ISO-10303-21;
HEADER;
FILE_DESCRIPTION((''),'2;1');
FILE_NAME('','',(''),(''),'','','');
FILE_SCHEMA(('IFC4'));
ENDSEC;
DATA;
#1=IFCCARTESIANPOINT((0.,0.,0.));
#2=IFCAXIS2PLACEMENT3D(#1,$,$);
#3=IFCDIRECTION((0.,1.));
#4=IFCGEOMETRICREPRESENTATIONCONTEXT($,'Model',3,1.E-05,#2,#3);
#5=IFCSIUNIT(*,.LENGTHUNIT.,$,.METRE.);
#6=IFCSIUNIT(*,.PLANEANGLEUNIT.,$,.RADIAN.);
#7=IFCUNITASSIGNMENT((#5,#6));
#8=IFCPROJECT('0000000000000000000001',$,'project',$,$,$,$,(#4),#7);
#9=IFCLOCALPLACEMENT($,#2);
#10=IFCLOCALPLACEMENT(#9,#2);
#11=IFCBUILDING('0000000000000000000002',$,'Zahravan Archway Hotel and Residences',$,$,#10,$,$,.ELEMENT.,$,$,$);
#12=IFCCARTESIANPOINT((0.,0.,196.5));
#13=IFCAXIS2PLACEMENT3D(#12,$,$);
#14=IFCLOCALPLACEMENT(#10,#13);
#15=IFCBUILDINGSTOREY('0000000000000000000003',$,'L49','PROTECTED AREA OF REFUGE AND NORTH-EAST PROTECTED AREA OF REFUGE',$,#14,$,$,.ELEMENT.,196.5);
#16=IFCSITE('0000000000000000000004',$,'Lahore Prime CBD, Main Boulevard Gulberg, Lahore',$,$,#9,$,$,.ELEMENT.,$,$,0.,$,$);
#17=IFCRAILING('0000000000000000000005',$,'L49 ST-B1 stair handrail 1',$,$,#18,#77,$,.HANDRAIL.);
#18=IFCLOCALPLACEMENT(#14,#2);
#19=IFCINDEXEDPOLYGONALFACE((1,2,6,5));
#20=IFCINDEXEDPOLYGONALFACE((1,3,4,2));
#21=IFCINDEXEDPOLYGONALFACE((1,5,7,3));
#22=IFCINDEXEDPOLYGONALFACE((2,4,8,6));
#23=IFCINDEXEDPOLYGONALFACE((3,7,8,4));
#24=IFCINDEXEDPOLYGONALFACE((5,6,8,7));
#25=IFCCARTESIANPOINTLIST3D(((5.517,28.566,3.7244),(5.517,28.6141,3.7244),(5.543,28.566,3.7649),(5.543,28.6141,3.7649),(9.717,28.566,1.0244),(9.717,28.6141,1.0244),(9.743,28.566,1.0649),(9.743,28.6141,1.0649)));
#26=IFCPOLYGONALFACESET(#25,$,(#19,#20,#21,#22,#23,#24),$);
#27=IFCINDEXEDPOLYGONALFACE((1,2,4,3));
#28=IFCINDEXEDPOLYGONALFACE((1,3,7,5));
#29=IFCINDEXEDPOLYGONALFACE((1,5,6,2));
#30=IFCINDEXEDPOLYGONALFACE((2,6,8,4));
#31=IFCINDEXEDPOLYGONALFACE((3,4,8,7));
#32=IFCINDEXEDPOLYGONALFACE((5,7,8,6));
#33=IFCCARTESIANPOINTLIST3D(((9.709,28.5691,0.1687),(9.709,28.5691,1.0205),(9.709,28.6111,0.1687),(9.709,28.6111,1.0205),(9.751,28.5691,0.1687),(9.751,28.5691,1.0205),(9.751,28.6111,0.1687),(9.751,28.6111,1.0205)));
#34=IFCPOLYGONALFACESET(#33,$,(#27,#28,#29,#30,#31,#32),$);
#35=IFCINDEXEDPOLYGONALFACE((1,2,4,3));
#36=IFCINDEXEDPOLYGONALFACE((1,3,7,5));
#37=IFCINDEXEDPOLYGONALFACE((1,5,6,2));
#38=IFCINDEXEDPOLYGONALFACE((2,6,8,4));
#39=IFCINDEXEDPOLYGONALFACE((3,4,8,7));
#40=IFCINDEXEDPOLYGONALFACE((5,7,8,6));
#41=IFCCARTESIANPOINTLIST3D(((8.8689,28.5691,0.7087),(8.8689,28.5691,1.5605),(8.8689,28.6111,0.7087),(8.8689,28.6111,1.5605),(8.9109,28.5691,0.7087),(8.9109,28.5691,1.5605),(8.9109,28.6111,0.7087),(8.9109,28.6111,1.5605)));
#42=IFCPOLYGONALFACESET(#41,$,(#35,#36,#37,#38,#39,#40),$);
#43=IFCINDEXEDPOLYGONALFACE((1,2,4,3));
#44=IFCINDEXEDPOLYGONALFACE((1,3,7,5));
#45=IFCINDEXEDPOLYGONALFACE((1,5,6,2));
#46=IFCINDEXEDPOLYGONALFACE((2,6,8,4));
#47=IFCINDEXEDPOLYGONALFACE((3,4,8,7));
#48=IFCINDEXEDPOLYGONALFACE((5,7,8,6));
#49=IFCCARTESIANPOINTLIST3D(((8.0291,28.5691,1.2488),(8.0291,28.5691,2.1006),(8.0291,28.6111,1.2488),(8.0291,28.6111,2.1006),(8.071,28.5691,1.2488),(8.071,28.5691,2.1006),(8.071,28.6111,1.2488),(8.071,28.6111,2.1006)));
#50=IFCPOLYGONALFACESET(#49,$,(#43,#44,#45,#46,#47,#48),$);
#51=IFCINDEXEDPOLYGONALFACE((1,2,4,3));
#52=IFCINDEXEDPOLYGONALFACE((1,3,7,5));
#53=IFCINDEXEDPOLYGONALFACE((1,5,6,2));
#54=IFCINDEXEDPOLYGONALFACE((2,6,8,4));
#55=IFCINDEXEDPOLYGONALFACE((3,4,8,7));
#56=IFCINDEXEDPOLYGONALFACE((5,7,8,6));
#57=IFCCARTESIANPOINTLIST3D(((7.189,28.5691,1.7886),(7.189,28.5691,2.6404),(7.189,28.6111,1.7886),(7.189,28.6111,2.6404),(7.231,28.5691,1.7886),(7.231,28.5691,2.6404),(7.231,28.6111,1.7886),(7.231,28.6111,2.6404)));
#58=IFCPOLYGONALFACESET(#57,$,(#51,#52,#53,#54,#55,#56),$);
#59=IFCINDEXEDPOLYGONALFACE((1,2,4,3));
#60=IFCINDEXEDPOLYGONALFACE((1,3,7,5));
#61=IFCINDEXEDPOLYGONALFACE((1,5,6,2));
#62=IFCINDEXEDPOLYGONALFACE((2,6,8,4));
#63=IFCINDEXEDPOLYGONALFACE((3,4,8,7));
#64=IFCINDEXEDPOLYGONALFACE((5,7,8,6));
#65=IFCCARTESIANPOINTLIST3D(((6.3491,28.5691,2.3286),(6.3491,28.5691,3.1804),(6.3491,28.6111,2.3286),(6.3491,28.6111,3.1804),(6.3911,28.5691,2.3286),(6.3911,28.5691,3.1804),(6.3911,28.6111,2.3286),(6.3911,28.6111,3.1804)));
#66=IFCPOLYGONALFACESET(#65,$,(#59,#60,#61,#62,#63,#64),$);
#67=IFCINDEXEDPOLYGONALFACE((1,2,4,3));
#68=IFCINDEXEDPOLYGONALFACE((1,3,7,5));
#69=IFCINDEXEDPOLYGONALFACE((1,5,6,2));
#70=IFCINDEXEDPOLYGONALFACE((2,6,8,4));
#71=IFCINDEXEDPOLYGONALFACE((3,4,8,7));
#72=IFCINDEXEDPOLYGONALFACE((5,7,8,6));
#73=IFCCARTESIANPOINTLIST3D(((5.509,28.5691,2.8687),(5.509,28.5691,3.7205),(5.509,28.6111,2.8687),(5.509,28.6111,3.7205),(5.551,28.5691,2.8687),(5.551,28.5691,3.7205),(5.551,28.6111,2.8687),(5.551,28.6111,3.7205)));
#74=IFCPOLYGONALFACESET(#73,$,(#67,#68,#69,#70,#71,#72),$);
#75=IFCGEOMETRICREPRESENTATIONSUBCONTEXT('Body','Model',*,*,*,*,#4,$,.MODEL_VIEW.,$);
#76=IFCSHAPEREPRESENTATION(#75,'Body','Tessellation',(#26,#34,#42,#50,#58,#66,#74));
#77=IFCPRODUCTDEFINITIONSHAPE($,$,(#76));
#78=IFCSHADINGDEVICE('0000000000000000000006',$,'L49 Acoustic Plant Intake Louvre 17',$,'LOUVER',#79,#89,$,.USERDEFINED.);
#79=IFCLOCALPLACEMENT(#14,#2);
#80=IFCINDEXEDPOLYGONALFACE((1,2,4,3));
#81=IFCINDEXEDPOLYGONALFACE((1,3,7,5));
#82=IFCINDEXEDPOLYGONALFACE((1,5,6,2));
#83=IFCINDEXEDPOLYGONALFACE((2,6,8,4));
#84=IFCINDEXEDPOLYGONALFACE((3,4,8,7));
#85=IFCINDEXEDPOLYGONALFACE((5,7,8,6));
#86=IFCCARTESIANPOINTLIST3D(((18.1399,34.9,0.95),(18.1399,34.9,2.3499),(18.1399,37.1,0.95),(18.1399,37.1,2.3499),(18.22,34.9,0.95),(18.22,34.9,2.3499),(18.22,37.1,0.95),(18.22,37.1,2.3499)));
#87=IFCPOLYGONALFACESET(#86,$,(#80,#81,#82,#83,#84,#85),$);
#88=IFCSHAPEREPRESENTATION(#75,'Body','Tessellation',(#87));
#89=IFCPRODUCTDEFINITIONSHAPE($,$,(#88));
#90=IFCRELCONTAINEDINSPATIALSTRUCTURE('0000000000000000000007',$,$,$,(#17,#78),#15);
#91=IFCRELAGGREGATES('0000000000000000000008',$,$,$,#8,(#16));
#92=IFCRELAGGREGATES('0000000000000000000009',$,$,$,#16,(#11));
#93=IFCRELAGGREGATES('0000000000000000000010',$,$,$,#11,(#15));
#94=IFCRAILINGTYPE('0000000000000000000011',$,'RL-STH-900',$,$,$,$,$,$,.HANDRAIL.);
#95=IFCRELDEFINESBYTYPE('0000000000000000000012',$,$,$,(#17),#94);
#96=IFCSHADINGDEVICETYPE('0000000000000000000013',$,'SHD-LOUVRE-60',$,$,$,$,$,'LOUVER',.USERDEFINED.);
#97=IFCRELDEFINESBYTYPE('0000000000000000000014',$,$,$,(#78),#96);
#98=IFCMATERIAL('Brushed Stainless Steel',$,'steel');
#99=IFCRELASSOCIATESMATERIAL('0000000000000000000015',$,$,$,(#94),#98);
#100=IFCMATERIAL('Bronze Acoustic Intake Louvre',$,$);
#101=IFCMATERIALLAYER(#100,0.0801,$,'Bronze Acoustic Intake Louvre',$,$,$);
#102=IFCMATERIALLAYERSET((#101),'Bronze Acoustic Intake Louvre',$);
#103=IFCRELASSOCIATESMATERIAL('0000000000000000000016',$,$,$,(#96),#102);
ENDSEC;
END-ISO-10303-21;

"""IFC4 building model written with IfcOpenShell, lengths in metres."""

from ifc_helpers import new_model, si_unit, direction, frame, origin, origin_2d, place, context, subcontext, project, spatial, rectangle, extrude, source, transform, mapped, material, layer, layer_set, type_object, type_shapes, element, save


model = new_model("IFC4")

# Units and contexts
model_context = context("Model", 3, precision=1e-05, world=origin(), true_north=direction((0.0, 1.0)))
body_context = subcontext(model_context, "Body", "Model", "MODEL_VIEW")
ifc_project = project(units=[si_unit("LENGTHUNIT", "METRE"), si_unit("PLANEANGLEUNIT", "RADIAN")], contexts=[model_context])

# Site, building, storey
site_placement = place(None, origin())
site = spatial("IfcSite", under=ifc_project, at=site_placement, Name="Lahore Prime CBD, Main Boulevard Gulberg, Lahore", CompositionType="ELEMENT", RefElevation=0.0)
building_placement = place(site_placement, origin())
building = spatial("IfcBuilding", under=site, at=building_placement, Name="Zahravan Archway Hotel and Residences", CompositionType="ELEMENT")
storey_placement = place(building_placement, frame((0.0, 0.0, 196.5)))
storey = spatial("IfcBuildingStorey", under=building, at=storey_placement, Name="L49", Description="PROTECTED AREA OF REFUGE AND NORTH-EAST PROTECTED AREA OF REFUGE", CompositionType="ELEMENT", Elevation=196.5)

# Railing
ifc_material_1 = material(Name="Brushed Stainless Steel", Category="steel")
railing_type_1 = type_object("IfcRailingType", Name="RL-STH-900", PredefinedType="HANDRAIL", material=ifc_material_1)
railing_1_placement = place(storey_placement, frame((9.73, 28.5901, 0.1687)))
element("IfcRailing", 1, at=railing_1_placement, inside=storey, type_object=railing_type_1, Name="L49 ST-B1 stair handrail 1", PredefinedType="HANDRAIL", context=body_context, shape_type="SweptSolid", body=[
    extrude(rectangle(XDim=0.0481, YDim=0.0481, at=origin_2d()), frame((0.0, 0.0, 0.876), z_axis=(-0.84118, 0.0, 0.540755), x_axis=(0.0, -1.0, 0.0)), (0.0, 0.0, 1.0), 4.9929),
    extrude(rectangle(XDim=0.042, YDim=0.042, at=origin_2d()), origin(), (0.0, 0.0, 1.0), 0.8518),
    extrude(rectangle(XDim=0.042, YDim=0.042, at=origin_2d()), frame((-0.8401, 0.0, 0.54)), (0.0, 0.0, 1.0), 0.8518),
    extrude(rectangle(XDim=0.042, YDim=0.042, at=origin_2d()), frame((-1.6799, 0.0, 1.0801)), (0.0, 0.0, 1.0), 0.8518),
    extrude(rectangle(XDim=0.042, YDim=0.042, at=origin_2d()), frame((-2.52, 0.0, 1.6199)), (0.0, 0.0, 1.0), 0.8518),
    extrude(rectangle(XDim=0.042, YDim=0.042, at=origin_2d()), frame((-3.3599, 0.0, 2.1599)), (0.0, 0.0, 1.0), 0.8518),
    extrude(rectangle(XDim=0.042, YDim=0.042, at=origin_2d()), frame((-4.2, 0.0, 2.7)), (0.0, 0.0, 1.0), 0.8518),
])

# Shading device
ifc_material_2 = material(Name="Bronze Acoustic Intake Louvre")
ifc_layer_1 = layer(ifc_material_2, 0.0801, Name="Bronze Acoustic Intake Louvre")
ifc_layer_set_1 = layer_set([ifc_layer_1], Name="Bronze Acoustic Intake Louvre")
shading_device_type = type_object("IfcShadingDeviceType", Name="SHD-LOUVRE-60", ElementType="LOUVER", PredefinedType="USERDEFINED", material=ifc_layer_set_1)
shared_shape_1 = source(origin(), body_context, "Body", "SweptSolid", [
    extrude(rectangle(XDim=2.2, YDim=0.0801, at=origin_2d()), origin(), (0.0, 0.0, 1.0), 1.3999),
])
type_shapes(shading_device_type, [shared_shape_1])
shading_device_placement = place(storey_placement, frame((18.1799, 36.0, 0.95), z_axis=(0.0, 0.0, 1.0), x_axis=(0.0, 1.0, 0.0)))
element("IfcShadingDevice", 2, at=shading_device_placement, inside=storey, type_object=shading_device_type, Name="L49 Acoustic Plant Intake Louvre 17", ObjectType="LOUVER", PredefinedType="USERDEFINED", context=body_context, shape_type="MappedRepresentation", body=[
    mapped(shared_shape_1, transform((0.0, 0.0, 0.0), scale=1.0)),
])

save(model, "model.ifc")
